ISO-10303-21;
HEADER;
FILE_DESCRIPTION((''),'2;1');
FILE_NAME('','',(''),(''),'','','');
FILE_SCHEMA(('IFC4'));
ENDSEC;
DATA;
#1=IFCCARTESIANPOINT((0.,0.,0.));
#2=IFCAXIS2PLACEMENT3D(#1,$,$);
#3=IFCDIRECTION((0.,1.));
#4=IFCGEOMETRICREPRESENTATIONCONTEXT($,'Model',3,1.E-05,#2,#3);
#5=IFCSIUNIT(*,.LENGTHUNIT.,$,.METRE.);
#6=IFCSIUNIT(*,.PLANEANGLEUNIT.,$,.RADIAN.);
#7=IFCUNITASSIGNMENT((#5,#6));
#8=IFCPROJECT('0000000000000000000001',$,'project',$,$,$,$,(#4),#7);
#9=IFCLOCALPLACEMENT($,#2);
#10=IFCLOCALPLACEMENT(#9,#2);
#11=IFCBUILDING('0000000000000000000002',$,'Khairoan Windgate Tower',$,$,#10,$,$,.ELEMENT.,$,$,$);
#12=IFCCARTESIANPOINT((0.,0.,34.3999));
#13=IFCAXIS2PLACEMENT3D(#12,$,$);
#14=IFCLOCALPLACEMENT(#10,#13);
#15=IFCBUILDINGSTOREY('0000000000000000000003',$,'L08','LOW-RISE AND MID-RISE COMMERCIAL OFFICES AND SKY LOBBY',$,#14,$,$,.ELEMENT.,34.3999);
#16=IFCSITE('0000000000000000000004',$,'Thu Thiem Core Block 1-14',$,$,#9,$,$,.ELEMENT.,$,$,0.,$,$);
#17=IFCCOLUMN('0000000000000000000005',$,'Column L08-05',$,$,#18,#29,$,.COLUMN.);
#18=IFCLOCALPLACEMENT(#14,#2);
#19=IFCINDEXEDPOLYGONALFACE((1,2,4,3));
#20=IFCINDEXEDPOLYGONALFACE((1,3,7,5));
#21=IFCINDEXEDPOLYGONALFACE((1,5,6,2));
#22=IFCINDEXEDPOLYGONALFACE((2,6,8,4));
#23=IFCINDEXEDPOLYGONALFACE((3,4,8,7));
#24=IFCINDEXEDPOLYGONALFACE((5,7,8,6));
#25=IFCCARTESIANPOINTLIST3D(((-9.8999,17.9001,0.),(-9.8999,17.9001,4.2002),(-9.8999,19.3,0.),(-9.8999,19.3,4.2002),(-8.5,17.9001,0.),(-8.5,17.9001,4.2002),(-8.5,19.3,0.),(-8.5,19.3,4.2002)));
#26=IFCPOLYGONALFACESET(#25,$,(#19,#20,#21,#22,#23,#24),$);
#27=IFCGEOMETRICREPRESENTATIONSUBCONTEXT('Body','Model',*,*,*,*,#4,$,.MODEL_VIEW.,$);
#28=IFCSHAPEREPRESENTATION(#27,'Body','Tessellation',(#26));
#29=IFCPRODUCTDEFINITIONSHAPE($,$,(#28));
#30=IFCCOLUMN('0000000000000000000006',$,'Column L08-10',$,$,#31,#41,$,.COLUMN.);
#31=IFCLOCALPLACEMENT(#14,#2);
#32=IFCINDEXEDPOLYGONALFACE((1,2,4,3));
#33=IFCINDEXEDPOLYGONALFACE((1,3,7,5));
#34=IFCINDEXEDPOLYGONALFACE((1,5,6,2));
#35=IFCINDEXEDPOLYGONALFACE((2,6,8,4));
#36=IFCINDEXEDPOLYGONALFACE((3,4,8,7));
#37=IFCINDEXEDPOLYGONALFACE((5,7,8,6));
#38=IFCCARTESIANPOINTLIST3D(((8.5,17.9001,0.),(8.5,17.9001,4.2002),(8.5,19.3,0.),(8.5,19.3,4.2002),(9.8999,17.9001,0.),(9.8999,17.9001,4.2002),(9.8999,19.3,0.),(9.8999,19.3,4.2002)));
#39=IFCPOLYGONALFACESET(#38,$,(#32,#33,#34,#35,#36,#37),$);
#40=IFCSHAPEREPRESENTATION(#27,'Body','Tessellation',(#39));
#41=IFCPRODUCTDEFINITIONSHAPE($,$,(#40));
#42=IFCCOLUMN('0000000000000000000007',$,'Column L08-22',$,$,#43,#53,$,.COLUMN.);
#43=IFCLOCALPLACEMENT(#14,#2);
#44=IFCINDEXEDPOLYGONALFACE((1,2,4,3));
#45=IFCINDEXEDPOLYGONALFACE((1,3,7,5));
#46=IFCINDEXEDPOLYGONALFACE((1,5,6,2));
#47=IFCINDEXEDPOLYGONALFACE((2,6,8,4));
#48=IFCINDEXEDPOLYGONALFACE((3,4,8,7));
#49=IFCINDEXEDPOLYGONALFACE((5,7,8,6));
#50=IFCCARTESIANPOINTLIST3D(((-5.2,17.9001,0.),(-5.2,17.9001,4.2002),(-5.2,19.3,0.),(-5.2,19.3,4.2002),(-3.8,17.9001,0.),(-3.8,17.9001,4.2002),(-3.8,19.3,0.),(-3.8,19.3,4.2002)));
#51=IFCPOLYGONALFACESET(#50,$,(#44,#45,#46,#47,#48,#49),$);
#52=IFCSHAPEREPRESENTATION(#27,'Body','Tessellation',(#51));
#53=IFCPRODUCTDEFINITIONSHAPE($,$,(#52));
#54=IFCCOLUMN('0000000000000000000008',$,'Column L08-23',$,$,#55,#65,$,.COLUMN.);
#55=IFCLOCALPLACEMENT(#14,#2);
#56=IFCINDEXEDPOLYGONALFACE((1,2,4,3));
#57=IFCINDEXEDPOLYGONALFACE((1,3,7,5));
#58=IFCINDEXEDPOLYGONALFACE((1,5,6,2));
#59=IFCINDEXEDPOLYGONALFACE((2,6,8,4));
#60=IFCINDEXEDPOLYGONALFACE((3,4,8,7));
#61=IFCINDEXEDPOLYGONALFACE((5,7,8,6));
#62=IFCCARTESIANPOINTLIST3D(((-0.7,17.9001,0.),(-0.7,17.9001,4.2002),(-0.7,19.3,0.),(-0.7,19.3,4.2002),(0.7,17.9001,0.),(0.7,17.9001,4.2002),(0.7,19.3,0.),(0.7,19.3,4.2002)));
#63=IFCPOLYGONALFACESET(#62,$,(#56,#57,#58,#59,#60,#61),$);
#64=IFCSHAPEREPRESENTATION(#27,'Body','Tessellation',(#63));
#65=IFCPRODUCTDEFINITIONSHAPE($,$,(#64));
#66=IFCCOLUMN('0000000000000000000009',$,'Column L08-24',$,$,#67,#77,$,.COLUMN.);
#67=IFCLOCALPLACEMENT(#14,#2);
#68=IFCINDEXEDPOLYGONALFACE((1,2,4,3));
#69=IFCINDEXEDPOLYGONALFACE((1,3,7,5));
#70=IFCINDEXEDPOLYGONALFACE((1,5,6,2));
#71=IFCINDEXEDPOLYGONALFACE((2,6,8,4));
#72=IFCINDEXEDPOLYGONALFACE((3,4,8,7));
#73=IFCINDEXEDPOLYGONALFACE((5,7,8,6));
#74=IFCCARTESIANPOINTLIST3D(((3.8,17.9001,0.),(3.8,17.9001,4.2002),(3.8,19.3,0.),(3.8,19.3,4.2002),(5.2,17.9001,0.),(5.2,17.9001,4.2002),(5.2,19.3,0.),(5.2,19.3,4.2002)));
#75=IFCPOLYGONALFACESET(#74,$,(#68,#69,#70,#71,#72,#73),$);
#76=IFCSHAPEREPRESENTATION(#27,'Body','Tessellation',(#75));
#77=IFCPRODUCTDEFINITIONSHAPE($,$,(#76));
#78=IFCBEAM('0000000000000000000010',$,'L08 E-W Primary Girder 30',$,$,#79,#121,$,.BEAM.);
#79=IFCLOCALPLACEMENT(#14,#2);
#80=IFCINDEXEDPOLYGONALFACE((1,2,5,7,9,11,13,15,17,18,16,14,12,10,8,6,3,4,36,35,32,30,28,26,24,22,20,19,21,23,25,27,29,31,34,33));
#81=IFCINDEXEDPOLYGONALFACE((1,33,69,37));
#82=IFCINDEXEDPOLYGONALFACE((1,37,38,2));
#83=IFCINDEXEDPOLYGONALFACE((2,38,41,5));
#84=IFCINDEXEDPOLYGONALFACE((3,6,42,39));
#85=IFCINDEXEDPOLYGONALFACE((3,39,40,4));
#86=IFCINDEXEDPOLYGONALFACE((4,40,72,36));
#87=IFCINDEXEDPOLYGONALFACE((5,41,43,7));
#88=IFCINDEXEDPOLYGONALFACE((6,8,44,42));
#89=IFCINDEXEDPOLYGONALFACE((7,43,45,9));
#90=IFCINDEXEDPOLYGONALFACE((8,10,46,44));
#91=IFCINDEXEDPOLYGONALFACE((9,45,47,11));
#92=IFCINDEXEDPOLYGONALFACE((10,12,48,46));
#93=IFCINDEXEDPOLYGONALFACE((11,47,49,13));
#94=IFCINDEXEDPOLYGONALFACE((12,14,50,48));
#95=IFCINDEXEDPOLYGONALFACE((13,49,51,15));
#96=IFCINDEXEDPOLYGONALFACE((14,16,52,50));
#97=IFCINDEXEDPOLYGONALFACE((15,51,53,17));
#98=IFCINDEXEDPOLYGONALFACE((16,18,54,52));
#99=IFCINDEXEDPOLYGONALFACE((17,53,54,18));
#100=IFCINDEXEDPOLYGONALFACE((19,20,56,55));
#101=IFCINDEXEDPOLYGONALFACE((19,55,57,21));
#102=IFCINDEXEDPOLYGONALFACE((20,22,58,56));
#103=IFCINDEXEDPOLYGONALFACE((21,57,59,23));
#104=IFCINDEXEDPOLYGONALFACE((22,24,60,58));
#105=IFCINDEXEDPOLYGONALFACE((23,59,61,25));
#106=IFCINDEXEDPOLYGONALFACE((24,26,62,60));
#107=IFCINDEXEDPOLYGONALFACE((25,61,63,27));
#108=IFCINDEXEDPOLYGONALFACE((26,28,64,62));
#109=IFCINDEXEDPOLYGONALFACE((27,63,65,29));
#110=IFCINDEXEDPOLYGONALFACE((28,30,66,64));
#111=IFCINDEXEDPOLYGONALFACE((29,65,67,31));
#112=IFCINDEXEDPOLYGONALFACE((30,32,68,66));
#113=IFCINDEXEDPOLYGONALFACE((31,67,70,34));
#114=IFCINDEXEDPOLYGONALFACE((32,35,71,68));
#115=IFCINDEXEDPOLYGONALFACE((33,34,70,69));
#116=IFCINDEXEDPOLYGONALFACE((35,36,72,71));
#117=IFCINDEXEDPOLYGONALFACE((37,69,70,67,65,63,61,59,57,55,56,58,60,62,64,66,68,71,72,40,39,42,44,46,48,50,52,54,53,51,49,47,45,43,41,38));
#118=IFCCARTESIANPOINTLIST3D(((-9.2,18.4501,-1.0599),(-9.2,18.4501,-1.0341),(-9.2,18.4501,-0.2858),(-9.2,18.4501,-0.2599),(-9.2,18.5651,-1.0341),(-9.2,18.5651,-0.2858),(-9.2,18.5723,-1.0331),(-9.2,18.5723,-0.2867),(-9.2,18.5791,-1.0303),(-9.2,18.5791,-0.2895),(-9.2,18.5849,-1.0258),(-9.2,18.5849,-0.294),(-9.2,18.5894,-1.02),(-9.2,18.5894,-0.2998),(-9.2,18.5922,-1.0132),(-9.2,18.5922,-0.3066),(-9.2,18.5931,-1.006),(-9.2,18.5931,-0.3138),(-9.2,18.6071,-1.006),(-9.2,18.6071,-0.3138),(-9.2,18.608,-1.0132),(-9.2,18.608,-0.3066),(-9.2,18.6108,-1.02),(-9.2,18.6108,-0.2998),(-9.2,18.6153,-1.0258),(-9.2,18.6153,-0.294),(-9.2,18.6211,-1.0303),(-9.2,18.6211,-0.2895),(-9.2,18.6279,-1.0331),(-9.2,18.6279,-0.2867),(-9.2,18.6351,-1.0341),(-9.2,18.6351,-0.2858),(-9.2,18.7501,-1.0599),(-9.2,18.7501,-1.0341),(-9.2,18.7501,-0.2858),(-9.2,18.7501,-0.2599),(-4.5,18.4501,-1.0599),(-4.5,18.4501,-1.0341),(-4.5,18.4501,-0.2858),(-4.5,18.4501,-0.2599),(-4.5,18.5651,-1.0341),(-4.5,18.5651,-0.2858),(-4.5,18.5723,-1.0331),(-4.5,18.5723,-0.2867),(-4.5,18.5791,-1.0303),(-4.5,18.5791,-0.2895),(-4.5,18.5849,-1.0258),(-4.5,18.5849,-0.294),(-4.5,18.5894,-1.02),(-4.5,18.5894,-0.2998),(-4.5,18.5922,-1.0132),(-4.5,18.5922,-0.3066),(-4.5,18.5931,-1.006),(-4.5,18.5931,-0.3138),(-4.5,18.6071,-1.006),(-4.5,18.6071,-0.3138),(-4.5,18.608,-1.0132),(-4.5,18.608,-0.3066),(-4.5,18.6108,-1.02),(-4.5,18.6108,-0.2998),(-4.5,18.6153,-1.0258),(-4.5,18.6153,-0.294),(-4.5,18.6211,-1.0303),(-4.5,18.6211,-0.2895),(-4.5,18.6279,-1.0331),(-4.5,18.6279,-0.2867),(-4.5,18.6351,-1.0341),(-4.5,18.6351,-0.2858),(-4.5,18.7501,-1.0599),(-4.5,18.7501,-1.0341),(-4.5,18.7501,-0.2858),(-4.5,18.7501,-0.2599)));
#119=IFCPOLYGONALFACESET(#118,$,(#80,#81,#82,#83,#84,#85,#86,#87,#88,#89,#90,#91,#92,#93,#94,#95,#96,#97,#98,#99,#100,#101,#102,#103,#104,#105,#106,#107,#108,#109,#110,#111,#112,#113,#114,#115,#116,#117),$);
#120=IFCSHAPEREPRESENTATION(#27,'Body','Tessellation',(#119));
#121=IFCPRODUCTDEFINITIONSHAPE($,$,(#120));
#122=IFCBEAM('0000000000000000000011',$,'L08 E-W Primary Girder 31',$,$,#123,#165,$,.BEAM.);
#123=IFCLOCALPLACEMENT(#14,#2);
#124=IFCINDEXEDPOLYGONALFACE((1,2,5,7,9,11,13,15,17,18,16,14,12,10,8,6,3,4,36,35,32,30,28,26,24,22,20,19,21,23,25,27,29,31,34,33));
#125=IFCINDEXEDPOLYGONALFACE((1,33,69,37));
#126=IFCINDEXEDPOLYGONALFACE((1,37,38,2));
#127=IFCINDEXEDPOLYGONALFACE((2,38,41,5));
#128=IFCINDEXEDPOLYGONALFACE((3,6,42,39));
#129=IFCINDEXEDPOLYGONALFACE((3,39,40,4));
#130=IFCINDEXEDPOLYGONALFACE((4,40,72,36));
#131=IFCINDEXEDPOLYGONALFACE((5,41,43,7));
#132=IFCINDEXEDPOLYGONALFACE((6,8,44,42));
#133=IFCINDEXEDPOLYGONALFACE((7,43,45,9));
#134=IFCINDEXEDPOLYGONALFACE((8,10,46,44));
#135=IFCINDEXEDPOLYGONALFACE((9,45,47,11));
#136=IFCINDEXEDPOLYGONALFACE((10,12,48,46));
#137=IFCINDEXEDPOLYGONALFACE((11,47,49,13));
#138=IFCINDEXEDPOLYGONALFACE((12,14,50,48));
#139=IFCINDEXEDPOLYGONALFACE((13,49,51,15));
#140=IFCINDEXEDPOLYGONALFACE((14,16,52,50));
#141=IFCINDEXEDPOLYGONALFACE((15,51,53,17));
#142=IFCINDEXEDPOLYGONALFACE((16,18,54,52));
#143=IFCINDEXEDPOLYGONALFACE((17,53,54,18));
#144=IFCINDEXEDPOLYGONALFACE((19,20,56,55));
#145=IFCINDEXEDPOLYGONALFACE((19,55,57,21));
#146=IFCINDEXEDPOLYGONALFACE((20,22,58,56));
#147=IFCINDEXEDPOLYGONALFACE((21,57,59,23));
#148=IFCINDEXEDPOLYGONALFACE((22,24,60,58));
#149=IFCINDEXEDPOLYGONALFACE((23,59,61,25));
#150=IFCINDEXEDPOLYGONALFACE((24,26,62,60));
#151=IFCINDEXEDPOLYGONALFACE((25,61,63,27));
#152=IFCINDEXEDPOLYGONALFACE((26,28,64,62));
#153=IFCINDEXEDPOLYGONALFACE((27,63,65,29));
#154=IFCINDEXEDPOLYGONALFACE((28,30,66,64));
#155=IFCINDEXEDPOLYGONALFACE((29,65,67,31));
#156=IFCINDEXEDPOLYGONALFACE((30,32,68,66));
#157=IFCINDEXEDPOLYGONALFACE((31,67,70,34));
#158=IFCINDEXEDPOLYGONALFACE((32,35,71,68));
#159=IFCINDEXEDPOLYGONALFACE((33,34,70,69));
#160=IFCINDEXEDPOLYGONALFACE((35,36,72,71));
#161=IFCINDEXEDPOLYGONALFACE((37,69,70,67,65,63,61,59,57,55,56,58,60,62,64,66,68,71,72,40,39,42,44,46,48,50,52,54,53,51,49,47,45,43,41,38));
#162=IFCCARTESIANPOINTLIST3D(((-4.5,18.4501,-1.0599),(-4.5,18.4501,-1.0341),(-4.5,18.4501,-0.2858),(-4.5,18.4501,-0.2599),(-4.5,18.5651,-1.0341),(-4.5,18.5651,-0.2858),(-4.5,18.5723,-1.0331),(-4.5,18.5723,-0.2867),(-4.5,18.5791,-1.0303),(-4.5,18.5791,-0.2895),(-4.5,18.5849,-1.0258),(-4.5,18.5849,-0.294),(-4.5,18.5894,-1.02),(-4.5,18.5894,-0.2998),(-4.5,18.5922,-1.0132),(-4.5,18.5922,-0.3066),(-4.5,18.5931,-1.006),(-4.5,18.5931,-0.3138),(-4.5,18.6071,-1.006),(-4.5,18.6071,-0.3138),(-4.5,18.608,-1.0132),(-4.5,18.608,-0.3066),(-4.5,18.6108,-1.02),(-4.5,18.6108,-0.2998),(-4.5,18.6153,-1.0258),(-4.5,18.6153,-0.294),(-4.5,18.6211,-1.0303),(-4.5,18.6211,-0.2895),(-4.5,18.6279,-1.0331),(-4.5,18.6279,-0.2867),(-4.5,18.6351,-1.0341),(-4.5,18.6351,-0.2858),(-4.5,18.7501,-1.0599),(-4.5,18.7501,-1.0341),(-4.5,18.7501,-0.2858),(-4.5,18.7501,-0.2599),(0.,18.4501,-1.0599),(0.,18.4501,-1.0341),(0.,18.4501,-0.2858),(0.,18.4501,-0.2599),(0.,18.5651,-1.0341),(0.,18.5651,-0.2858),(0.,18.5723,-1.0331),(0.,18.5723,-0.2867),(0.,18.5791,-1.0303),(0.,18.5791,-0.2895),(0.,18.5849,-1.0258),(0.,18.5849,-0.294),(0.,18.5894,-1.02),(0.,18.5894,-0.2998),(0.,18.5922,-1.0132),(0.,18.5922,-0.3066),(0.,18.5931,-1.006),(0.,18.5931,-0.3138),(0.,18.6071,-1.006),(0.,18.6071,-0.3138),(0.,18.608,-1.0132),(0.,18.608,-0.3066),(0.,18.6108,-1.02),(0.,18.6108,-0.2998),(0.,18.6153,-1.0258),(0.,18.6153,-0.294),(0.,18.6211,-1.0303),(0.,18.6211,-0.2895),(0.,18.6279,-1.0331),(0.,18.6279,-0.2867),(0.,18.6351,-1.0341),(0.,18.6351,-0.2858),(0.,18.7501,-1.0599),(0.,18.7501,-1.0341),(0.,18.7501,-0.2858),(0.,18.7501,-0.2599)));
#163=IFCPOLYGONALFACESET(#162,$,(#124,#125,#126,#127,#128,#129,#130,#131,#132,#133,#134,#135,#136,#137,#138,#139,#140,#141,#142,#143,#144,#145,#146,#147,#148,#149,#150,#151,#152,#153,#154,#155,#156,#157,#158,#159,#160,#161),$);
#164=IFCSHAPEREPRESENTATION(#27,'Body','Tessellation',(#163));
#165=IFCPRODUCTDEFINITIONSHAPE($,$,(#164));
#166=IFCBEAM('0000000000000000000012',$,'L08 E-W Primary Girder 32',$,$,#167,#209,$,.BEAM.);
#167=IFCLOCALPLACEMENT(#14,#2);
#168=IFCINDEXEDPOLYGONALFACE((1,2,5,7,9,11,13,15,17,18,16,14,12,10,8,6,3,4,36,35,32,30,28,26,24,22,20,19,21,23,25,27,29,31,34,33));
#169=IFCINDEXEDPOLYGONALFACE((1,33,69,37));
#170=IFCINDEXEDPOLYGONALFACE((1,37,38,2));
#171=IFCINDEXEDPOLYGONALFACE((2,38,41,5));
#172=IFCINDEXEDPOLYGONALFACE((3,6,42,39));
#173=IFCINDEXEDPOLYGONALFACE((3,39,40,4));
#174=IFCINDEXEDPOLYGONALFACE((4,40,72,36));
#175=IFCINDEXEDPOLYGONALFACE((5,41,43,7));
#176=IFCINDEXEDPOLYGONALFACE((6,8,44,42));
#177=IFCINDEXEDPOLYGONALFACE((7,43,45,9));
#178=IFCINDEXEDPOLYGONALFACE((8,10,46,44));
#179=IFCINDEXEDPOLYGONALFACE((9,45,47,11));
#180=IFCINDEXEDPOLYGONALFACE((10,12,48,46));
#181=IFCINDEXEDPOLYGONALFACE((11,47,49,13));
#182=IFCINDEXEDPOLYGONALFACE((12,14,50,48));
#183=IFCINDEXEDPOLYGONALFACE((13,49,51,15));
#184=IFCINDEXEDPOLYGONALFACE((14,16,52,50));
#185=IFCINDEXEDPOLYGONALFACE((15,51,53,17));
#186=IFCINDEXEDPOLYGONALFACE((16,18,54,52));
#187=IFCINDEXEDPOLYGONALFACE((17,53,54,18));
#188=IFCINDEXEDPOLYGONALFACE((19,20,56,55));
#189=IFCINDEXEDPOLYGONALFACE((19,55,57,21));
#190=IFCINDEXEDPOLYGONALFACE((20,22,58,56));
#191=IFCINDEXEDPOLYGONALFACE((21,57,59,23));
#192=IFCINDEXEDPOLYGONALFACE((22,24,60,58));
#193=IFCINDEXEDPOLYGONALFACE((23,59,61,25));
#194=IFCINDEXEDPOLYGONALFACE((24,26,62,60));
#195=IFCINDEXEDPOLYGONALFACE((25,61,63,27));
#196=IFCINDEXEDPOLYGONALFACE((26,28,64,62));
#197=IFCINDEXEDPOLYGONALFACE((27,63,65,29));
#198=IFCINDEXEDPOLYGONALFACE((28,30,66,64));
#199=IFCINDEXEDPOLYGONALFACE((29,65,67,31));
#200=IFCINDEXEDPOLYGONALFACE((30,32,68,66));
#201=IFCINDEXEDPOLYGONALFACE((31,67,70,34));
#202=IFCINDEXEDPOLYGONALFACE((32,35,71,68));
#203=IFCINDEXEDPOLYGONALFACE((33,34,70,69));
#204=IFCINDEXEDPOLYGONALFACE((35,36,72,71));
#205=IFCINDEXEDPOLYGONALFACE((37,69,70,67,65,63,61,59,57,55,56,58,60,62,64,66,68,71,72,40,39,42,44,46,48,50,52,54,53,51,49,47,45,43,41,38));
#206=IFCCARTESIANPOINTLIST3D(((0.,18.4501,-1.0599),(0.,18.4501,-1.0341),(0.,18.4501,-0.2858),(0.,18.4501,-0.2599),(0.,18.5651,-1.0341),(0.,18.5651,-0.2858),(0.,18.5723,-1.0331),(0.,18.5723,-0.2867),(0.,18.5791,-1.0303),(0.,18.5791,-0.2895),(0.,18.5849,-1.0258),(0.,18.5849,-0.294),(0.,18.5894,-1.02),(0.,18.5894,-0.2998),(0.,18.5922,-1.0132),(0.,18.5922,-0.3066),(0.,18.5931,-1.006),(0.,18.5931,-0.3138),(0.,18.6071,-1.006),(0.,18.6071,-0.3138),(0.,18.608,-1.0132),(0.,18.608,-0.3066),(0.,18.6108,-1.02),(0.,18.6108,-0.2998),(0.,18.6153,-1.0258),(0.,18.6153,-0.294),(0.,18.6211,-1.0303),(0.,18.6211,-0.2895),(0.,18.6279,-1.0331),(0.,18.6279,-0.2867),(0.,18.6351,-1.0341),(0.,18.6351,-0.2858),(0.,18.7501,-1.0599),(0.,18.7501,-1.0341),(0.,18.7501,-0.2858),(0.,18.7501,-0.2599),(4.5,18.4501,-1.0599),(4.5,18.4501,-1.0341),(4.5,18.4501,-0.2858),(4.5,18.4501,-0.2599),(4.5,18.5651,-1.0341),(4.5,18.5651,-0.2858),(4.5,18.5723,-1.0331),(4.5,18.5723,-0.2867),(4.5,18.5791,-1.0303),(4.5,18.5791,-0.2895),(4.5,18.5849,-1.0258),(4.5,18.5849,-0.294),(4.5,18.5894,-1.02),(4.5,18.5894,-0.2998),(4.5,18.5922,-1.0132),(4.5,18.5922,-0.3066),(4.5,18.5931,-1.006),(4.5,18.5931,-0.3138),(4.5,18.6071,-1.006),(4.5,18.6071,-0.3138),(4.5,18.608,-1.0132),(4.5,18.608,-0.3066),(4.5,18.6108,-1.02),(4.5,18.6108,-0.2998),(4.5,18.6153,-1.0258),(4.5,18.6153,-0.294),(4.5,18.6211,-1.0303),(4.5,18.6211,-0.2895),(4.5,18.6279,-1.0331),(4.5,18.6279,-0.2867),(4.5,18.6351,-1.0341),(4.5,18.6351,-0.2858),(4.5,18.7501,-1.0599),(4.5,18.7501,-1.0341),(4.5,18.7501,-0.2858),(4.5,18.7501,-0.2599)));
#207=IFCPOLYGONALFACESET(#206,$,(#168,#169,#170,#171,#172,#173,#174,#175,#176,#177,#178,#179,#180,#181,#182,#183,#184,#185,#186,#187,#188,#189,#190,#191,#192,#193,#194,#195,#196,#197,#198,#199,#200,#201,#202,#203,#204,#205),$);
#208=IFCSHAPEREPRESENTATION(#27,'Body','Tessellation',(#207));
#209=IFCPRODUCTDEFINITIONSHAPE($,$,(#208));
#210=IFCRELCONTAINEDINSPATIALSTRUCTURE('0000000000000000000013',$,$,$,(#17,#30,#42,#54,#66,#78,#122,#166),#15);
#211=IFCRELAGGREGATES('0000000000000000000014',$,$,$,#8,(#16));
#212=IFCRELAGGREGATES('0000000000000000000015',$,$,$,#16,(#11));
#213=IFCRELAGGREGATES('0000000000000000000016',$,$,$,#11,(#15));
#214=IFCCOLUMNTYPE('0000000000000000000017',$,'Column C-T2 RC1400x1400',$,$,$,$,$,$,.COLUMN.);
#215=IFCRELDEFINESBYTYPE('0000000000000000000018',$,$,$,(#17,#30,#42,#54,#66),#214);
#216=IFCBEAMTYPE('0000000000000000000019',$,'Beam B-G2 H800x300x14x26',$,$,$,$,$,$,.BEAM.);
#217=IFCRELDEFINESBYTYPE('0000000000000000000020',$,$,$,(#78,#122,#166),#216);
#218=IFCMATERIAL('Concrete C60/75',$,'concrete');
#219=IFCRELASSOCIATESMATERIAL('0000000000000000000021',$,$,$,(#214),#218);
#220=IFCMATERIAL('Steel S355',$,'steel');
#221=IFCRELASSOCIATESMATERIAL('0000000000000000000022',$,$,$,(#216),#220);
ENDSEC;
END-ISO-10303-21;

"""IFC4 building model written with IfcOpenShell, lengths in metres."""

from ifc_helpers import new_model, si_unit, direction, frame, origin, origin_2d, place, context, subcontext, project, spatial, rectangle, i_section, extrude, material, material_profile, profile_set, type_object, element, save


model = new_model("IFC4")

# Units and contexts
model_context = context("Model", 3, precision=1e-05, world=origin(), true_north=direction((0.0, 1.0)))
body_context = subcontext(model_context, "Body", "Model", "MODEL_VIEW")
ifc_project = project(units=[si_unit("LENGTHUNIT", "METRE"), si_unit("PLANEANGLEUNIT", "RADIAN")], contexts=[model_context])

# Site, building, storey
site_placement = place(None, origin())
site = spatial("IfcSite", under=ifc_project, at=site_placement, Name="Thu Thiem Core Block 1-14", CompositionType="ELEMENT", RefElevation=0.0)
building_placement = place(site_placement, origin())
building = spatial("IfcBuilding", under=site, at=building_placement, Name="Khairoan Windgate Tower", CompositionType="ELEMENT")
storey_placement = place(building_placement, frame((0.0, 0.0, 34.3999)))
storey = spatial("IfcBuildingStorey", under=building, at=storey_placement, Name="L08", Description="LOW-RISE AND MID-RISE COMMERCIAL OFFICES AND SKY LOBBY", CompositionType="ELEMENT", Elevation=34.3999)

# Columns
ifc_material_1 = material(Name="Concrete C60/75", Category="concrete")
ifc_material_profile_1 = material_profile(ifc_material_1, rectangle(XDim=1.3999, YDim=1.3999, at=origin_2d()))
ifc_profile_set_1 = profile_set([ifc_material_profile_1], Name="Concrete C60/75")
column_type = type_object("IfcColumnType", Name="Column C-T2 RC1400x1400", PredefinedType="COLUMN", material=ifc_profile_set_1)
for number, where, z_axis, x_axis, name in (
    (1, (-9.2, 18.6001, 0.0), (0.0, 0.0, 1.0), (1.0, 0.0, 0.0), "Column L08-05"),
    (2, (9.2, 18.6001, 0.0), (0.0, 0.0, 1.0), (1.0, 0.0, 0.0), "Column L08-10"),
    (3, (-4.5, 18.6001, 0.0), (0.0, 0.0, 1.0), (1.0, 0.0, 0.0), "Column L08-22"),
    (4, (0.0, 18.6001, 0.0), (0.0, 0.0, 1.0), (1.0, 0.0, 0.0), "Column L08-23"),
    (5, (4.5, 18.6001, 0.0), (0.0, 0.0, 1.0), (1.0, 0.0, 0.0), "Column L08-24"),
):
    element("IfcColumn", number, at=place(storey_placement, frame(where, z_axis=z_axis, x_axis=x_axis)), inside=storey, type_object=column_type, Name=name, PredefinedType="COLUMN", context=body_context, shape_type="SweptSolid", body=[
        extrude(rectangle(XDim=1.3999, YDim=1.3999, at=origin_2d()), origin(), (0.0, 0.0, 1.0), 4.2002),
    ])

# Beams
ifc_material_2 = material(Name="Steel S355", Category="steel")
ifc_material_profile_2 = material_profile(ifc_material_2, i_section(OverallWidth=0.3, OverallDepth=0.8, WebThickness=0.0139, FlangeThickness=0.0259, FilletRadius=0.0281, at=origin_2d()))
ifc_profile_set_2 = profile_set([ifc_material_profile_2], Name="Steel S355")
beam_type = type_object("IfcBeamType", Name="Beam B-G2 H800x300x14x26", PredefinedType="BEAM", material=ifc_profile_set_2)
beam_1_placement = place(storey_placement, frame((-9.2, 18.6001, -0.6599), z_axis=(1.0, 0.0, 0.0), x_axis=(0.0, 1.0, 0.0)))
element("IfcBeam", 6, at=beam_1_placement, inside=storey, type_object=beam_type, Name="L08 E-W Primary Girder 30", PredefinedType="BEAM", context=body_context, shape_type="SweptSolid", body=[
    extrude(i_section(OverallWidth=0.3, OverallDepth=0.8, WebThickness=0.0139, FlangeThickness=0.0259, FilletRadius=0.0281, at=origin_2d()), origin(), (0.0, 0.0, 1.0), 4.7),
])
for number, where, z_axis, x_axis, name in (
    (7, (-4.5, 18.6001, -0.6599), (1.0, 0.0, 0.0), (0.0, 1.0, 0.0), "L08 E-W Primary Girder 31"),
    (8, (0.0, 18.6001, -0.6599), (1.0, 0.0, 0.0), (0.0, 1.0, 0.0), "L08 E-W Primary Girder 32"),
):
    element("IfcBeam", number, at=place(storey_placement, frame(where, z_axis=z_axis, x_axis=x_axis)), inside=storey, type_object=beam_type, Name=name, PredefinedType="BEAM", context=body_context, shape_type="SweptSolid", body=[
        extrude(i_section(OverallWidth=0.3, OverallDepth=0.8, WebThickness=0.0139, FlangeThickness=0.0259, FilletRadius=0.0281, at=origin_2d()), origin(), (0.0, 0.0, 1.0), 4.5),
    ])

save(model, "model.ifc")
